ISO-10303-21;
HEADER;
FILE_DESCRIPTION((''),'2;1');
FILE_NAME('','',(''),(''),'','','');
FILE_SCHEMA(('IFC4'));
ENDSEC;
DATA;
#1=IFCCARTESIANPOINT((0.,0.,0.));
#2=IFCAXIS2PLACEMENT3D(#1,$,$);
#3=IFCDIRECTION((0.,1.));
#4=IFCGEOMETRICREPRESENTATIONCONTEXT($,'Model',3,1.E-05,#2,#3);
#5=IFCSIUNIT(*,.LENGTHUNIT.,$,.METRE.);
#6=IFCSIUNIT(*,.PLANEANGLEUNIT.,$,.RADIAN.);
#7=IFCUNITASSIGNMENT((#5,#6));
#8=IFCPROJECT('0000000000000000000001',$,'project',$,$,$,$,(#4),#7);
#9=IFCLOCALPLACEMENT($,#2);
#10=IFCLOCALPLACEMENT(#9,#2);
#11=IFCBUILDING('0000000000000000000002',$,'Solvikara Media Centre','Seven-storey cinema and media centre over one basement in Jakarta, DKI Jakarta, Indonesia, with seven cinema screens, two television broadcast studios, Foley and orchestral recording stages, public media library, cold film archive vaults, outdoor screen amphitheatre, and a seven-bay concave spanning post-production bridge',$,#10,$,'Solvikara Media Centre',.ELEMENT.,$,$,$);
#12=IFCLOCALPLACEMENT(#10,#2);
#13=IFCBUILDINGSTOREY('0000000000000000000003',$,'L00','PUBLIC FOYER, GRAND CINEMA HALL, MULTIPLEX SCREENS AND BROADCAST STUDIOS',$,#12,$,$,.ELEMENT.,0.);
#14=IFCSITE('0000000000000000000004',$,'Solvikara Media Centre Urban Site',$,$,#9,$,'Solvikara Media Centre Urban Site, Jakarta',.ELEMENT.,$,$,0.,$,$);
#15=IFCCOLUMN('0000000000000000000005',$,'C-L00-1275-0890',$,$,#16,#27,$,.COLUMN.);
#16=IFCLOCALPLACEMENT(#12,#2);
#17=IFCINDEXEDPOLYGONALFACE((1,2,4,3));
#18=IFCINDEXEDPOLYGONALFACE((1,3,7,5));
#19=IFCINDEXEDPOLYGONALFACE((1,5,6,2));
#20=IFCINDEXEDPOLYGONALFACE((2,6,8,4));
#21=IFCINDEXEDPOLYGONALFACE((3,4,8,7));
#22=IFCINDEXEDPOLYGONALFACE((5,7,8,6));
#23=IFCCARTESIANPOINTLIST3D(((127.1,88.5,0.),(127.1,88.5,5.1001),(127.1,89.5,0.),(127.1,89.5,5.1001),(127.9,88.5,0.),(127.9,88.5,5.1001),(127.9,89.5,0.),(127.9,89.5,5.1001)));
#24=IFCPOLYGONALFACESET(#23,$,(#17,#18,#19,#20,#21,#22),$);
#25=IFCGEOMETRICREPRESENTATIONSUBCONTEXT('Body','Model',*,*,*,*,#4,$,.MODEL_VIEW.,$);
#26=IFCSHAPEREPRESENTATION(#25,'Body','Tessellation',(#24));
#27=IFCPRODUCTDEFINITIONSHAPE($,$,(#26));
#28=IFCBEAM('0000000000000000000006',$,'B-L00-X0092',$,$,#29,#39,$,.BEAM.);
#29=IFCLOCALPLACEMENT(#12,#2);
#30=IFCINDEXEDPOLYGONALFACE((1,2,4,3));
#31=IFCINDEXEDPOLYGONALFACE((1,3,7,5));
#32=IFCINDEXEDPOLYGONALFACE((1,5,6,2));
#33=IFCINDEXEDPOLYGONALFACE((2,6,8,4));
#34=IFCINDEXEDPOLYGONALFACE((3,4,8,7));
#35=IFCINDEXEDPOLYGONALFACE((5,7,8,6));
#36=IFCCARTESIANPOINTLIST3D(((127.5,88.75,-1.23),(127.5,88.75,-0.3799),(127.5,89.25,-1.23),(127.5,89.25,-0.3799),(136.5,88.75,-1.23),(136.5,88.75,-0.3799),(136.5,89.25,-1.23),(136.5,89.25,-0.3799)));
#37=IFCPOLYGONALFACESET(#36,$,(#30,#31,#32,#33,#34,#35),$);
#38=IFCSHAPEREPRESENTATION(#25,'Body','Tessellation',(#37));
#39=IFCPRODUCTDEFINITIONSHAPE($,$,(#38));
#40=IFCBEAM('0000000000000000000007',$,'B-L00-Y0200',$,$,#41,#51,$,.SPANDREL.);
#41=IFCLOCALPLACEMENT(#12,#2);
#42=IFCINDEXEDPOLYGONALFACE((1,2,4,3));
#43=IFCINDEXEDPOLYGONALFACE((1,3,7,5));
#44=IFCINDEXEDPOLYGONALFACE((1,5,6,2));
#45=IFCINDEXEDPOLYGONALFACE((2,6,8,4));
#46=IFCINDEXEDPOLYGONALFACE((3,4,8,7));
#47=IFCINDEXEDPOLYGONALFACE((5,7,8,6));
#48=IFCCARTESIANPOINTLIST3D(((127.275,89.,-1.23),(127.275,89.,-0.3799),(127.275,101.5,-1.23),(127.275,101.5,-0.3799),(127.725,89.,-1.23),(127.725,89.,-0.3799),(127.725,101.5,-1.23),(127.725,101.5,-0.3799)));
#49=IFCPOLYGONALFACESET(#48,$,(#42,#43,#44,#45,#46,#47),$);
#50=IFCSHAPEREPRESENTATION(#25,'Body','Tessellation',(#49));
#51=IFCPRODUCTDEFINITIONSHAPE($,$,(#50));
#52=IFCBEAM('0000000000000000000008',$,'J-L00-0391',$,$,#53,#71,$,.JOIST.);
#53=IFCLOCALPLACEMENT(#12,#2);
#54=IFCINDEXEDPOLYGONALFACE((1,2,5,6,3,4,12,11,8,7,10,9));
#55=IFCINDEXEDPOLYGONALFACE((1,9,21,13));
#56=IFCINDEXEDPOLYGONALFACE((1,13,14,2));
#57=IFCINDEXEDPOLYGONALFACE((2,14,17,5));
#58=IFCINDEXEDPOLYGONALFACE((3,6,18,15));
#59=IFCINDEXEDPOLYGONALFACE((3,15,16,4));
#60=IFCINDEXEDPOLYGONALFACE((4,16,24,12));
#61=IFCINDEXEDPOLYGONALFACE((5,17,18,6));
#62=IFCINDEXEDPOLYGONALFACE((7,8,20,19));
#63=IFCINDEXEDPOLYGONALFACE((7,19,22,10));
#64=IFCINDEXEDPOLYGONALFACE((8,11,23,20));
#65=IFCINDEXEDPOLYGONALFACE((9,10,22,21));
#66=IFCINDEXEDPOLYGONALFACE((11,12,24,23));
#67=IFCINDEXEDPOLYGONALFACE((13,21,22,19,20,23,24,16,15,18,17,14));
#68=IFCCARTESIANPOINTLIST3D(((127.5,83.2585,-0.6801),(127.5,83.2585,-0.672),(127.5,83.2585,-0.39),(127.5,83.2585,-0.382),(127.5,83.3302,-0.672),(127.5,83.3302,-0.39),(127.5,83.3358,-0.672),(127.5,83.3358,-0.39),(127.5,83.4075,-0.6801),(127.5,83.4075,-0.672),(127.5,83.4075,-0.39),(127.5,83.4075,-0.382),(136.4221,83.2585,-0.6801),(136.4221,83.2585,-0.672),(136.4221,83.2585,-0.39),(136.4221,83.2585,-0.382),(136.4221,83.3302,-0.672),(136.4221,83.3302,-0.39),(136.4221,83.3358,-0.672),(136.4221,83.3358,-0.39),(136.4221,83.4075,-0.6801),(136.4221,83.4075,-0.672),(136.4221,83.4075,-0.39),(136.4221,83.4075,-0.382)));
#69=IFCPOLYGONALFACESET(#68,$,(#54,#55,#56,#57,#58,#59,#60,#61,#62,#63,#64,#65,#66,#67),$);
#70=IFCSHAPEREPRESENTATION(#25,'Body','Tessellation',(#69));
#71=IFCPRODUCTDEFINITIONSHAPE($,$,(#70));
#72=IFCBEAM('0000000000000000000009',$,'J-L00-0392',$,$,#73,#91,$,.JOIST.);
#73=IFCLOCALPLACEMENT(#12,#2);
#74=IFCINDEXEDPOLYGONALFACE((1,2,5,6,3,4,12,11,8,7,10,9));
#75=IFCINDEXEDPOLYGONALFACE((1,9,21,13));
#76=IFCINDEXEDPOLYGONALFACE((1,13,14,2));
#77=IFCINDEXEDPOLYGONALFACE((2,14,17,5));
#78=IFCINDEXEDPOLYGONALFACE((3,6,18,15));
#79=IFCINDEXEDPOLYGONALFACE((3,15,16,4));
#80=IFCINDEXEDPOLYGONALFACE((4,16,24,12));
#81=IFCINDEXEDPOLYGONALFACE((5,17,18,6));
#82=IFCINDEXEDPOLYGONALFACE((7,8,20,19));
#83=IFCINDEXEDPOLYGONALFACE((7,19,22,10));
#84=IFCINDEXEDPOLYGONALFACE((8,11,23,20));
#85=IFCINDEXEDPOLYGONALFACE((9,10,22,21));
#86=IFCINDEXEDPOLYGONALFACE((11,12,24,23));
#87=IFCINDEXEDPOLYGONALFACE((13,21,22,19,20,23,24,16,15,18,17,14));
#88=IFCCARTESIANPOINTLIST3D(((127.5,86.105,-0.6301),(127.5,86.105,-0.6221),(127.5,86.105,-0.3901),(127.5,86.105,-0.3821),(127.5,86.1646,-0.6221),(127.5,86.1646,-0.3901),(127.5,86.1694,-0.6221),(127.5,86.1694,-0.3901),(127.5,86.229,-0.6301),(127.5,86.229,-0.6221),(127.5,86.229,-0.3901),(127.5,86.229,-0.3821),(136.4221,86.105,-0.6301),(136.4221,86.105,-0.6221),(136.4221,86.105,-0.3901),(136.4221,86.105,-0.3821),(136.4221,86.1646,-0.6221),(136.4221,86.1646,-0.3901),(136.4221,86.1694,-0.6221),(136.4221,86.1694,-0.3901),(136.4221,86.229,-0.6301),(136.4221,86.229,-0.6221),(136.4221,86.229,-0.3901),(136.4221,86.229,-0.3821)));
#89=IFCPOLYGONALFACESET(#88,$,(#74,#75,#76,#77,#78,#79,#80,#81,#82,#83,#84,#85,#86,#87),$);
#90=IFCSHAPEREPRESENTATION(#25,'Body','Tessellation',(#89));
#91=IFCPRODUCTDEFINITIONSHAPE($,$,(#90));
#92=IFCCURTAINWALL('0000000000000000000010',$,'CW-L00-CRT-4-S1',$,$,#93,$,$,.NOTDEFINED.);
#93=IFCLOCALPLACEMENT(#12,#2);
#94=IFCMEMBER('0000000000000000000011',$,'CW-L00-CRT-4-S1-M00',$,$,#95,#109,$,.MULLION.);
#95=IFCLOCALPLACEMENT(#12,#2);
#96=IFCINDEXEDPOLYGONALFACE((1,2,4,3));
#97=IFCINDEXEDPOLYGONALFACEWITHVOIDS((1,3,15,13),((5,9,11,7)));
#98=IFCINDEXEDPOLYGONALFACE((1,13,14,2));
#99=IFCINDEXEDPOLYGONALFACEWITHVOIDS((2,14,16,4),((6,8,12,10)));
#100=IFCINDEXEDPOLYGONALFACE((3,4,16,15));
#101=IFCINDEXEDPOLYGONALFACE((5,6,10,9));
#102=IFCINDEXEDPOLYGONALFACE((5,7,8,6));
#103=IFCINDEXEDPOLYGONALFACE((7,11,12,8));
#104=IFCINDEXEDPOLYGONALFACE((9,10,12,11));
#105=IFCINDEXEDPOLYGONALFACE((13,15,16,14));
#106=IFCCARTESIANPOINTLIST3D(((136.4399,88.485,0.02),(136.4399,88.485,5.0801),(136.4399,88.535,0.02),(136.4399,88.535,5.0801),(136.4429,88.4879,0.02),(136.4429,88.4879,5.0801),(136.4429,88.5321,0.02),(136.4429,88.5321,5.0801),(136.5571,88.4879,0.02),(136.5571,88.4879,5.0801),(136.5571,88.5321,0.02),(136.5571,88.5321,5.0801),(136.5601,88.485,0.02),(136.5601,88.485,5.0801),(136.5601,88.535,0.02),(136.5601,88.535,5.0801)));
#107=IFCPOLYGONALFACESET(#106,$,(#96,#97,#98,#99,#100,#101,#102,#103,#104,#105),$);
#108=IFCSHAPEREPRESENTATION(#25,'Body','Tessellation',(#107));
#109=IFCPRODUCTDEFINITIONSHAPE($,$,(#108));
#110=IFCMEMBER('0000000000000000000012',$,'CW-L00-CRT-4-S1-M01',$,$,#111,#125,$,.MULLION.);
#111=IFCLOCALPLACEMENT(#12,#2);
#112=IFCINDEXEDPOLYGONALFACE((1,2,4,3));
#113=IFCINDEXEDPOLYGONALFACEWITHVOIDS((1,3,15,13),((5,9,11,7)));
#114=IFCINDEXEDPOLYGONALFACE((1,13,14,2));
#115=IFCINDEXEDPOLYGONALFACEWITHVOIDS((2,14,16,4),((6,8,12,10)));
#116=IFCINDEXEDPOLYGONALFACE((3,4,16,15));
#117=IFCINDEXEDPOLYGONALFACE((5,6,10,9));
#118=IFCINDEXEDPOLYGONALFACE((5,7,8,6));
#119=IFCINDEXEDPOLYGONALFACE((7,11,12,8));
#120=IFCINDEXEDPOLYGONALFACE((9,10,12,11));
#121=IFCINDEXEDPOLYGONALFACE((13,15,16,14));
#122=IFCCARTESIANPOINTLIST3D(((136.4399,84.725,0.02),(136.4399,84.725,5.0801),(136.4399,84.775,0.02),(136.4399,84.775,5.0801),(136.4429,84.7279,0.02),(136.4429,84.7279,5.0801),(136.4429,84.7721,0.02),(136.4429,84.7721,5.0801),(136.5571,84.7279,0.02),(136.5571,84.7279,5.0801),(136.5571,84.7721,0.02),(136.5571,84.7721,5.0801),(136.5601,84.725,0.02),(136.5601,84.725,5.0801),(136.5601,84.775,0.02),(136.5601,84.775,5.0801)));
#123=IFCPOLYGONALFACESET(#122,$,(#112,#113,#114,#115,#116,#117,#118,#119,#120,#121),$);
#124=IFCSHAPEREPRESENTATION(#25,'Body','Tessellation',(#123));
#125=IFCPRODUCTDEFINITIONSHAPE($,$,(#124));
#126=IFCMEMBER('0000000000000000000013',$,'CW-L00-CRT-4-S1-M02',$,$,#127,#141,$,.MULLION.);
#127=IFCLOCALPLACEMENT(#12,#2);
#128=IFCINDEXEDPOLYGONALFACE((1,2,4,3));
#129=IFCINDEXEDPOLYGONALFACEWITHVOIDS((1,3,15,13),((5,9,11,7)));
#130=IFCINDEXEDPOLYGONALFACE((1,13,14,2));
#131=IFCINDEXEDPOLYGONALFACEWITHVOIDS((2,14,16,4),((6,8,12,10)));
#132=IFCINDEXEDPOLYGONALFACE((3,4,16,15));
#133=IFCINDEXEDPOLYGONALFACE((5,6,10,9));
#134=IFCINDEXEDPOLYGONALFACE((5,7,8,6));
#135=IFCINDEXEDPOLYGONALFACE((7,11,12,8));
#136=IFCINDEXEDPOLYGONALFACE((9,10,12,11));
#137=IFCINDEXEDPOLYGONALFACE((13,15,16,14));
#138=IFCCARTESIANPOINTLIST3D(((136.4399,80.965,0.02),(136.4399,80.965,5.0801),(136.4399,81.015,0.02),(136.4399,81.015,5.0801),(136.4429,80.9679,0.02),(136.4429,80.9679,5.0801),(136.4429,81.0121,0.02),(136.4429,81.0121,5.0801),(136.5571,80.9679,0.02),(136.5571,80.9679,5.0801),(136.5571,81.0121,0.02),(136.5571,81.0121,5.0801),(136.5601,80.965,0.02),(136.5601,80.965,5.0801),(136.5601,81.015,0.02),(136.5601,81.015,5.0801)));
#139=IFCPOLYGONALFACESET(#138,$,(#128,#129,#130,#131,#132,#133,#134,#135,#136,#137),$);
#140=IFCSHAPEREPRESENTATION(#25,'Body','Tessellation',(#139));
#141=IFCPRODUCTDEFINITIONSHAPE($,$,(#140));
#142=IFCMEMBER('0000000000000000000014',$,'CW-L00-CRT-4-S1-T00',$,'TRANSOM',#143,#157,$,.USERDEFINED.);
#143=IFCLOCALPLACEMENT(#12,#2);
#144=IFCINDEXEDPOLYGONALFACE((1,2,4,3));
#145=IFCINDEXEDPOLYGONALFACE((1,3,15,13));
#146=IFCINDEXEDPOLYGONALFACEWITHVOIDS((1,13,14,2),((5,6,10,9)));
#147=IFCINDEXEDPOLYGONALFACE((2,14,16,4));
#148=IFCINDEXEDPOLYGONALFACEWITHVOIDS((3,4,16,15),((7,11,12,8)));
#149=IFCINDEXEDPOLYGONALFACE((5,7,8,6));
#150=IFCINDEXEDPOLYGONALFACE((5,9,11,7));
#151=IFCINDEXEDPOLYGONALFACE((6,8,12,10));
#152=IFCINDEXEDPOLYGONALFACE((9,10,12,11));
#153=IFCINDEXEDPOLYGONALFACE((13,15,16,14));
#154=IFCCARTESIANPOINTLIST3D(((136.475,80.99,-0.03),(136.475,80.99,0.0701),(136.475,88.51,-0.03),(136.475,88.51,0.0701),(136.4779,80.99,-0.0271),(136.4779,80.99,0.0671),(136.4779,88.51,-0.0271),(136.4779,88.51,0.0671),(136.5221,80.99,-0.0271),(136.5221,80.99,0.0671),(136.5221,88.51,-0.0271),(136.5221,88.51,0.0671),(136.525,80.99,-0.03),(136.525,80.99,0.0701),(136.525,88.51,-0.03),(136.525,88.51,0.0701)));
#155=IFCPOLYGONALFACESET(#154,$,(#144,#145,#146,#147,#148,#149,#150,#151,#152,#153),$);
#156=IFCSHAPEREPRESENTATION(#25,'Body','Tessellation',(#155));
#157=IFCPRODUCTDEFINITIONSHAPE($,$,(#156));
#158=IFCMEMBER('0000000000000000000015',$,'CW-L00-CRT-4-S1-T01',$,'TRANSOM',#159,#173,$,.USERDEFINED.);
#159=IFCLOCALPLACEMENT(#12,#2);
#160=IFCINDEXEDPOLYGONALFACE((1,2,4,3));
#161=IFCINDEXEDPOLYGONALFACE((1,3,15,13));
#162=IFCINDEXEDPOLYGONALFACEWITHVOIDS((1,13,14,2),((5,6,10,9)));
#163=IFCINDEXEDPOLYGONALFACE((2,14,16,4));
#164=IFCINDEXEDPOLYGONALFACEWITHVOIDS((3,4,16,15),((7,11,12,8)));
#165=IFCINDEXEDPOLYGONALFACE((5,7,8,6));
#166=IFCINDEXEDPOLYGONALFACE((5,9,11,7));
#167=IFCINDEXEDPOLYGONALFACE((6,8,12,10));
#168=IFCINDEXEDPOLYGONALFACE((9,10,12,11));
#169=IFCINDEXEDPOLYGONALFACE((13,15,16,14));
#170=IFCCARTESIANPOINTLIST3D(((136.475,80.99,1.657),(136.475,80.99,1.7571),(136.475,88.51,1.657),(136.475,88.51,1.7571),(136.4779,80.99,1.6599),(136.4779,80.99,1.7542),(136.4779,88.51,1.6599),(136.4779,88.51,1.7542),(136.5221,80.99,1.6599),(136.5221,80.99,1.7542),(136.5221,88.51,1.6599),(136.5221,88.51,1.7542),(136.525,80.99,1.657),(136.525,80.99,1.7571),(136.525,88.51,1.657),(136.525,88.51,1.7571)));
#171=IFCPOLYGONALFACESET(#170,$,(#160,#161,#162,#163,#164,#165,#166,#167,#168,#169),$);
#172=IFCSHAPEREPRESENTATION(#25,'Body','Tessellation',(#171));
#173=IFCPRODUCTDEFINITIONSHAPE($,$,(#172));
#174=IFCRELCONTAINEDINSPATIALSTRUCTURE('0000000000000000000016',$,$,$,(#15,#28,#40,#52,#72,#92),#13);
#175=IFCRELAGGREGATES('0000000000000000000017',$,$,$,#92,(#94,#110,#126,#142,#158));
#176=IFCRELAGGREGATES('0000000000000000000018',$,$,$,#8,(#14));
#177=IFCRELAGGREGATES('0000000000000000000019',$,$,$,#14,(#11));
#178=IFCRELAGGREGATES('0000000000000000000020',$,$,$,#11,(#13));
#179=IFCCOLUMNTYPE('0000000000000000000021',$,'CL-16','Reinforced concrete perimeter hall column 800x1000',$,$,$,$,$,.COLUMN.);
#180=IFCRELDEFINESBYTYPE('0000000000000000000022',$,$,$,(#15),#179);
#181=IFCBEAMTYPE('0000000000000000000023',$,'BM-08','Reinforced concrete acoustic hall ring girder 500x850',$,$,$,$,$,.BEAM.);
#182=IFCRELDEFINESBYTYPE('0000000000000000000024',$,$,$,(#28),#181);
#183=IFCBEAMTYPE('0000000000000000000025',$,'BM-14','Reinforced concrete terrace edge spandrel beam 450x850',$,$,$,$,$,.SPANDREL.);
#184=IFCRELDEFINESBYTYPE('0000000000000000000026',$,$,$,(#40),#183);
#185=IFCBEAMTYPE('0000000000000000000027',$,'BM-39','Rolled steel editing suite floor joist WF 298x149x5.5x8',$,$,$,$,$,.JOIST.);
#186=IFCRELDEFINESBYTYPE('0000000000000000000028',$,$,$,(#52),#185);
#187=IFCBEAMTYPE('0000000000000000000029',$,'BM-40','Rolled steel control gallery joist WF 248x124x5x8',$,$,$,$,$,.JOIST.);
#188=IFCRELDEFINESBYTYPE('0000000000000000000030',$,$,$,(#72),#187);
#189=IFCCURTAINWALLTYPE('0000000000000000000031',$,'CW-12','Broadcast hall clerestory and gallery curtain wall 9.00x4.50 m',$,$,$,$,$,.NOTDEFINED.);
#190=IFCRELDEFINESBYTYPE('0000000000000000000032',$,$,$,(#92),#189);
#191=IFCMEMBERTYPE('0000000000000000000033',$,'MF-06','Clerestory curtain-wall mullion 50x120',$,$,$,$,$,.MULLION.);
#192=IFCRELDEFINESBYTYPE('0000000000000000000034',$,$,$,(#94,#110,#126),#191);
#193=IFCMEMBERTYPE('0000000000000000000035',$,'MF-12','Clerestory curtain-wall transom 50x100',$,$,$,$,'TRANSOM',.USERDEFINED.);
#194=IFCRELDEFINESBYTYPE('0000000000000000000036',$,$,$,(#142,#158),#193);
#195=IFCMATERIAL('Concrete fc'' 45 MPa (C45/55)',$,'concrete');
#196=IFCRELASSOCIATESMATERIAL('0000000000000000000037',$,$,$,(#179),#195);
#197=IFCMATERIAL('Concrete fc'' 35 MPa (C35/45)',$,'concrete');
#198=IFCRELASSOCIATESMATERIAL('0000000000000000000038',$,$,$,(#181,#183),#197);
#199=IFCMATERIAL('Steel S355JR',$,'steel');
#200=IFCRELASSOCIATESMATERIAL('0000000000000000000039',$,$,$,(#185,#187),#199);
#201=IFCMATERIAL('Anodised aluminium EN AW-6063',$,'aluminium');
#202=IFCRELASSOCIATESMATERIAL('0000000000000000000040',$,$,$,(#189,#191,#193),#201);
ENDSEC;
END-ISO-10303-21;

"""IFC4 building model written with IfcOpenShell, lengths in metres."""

from ifc_helpers import new_model, si_unit, direction, frame, origin, origin_2d, place, context, subcontext, project, spatial, rectangle, hollow_rectangle, i_section, extrude, material, material_profile, profile_set, type_object, element, aggregate, save


model = new_model("IFC4")

# Units and contexts
model_context = context("Model", 3, precision=1e-05, world=origin(), true_north=direction((0.0, 1.0)))
body_context = subcontext(model_context, "Body", "Model", "MODEL_VIEW")
ifc_project = project(units=[si_unit("LENGTHUNIT", "METRE"), si_unit("PLANEANGLEUNIT", "RADIAN")], contexts=[model_context])

# Site, building, storey
site_placement = place(None, origin())
site = spatial("IfcSite", under=ifc_project, at=site_placement, Name="Solvikara Media Centre Urban Site", LongName="Solvikara Media Centre Urban Site, Jakarta", CompositionType="ELEMENT", RefElevation=0.0)
building_placement = place(site_placement, origin())
building = spatial("IfcBuilding", under=site, at=building_placement, Name="Solvikara Media Centre", Description="Seven-storey cinema and media centre over one basement in Jakarta, DKI Jakarta, Indonesia, with seven cinema screens, two television broadcast studios, Foley and orchestral recording stages, public media library, cold film archive vaults, outdoor screen amphitheatre, and a seven-bay concave spanning post-production bridge", LongName="Solvikara Media Centre", CompositionType="ELEMENT")
storey_placement = place(building_placement, origin())
storey = spatial("IfcBuildingStorey", under=building, at=storey_placement, Name="L00", Description="PUBLIC FOYER, GRAND CINEMA HALL, MULTIPLEX SCREENS AND BROADCAST STUDIOS", CompositionType="ELEMENT", Elevation=0.0)

# Column
ifc_material_1 = material(Name="Concrete fc' 45 MPa (C45/55)", Category="concrete")
ifc_material_profile_1 = material_profile(ifc_material_1, rectangle(XDim=0.8, YDim=1.0, at=origin_2d()), Name="RC 800x1000")
ifc_profile_set_1 = profile_set([ifc_material_profile_1], Name="Concrete fc' 45 MPa (C45/55)")
column_type = type_object("IfcColumnType", Name="CL-16", Description="Reinforced concrete perimeter hall column 800x1000", PredefinedType="COLUMN", material=ifc_profile_set_1)
column_placement = place(storey_placement, frame((127.5, 89.0, 0.0), z_axis=(0.0, 0.0, 1.0), x_axis=(1.0, 0.0, 0.0)))
element("IfcColumn", 1, at=column_placement, inside=storey, type_object=column_type, Name="C-L00-1275-0890", PredefinedType="COLUMN", context=body_context, shape_type="SweptSolid", body=[
    extrude(rectangle(XDim=0.8, YDim=1.0, at=origin_2d()), origin(), (0.0, 0.0, 1.0), 5.1001),
])

# Beams
ifc_material_2 = material(Name="Concrete fc' 35 MPa (C35/45)", Category="concrete")
ifc_material_profile_2 = material_profile(ifc_material_2, rectangle(XDim=0.5, YDim=0.8501, at=origin_2d()), Name="RC 500x850")
ifc_profile_set_2 = profile_set([ifc_material_profile_2], Name="Concrete fc' 35 MPa (C35/45)")
beam_type_1 = type_object("IfcBeamType", Name="BM-08", Description="Reinforced concrete acoustic hall ring girder 500x850", PredefinedType="BEAM", material=ifc_profile_set_2)
beam_1_placement = place(storey_placement, frame((127.5, 89.0, -0.8049), z_axis=(1.0, 0.0, 0.0), x_axis=(0.0, 1.0, 0.0)))
element("IfcBeam", 2, at=beam_1_placement, inside=storey, type_object=beam_type_1, Name="B-L00-X0092", PredefinedType="BEAM", context=body_context, shape_type="SweptSolid", body=[
    extrude(rectangle(XDim=0.5, YDim=0.8501, at=origin_2d()), origin(), (0.0, 0.0, 1.0), 9.0),
])
ifc_material_profile_3 = material_profile(ifc_material_2, rectangle(XDim=0.45, YDim=0.8501, at=origin_2d()), Name="RC 450x850")
ifc_profile_set_3 = profile_set([ifc_material_profile_3], Name="Concrete fc' 35 MPa (C35/45)")
beam_type_2 = type_object("IfcBeamType", Name="BM-14", Description="Reinforced concrete terrace edge spandrel beam 450x850", PredefinedType="SPANDREL", material=ifc_profile_set_3)
beam_2_placement = place(storey_placement, frame((127.5, 89.0, -0.8049), z_axis=(0.0, 1.0, 0.0), x_axis=(-1.0, 0.0, 0.0)))
element("IfcBeam", 3, at=beam_2_placement, inside=storey, type_object=beam_type_2, Name="B-L00-Y0200", PredefinedType="SPANDREL", context=body_context, shape_type="SweptSolid", body=[
    extrude(rectangle(XDim=0.45, YDim=0.8501, at=origin_2d()), origin(), (0.0, 0.0, 1.0), 12.5),
])
ifc_material_3 = material(Name="Steel S355JR", Category="steel")
ifc_material_profile_4 = material_profile(ifc_material_3, i_section(OverallWidth=0.1489, OverallDepth=0.2981, WebThickness=0.0056, FlangeThickness=0.0081, at=origin_2d()), Name="WF 298x149x5.5x8")
ifc_profile_set_4 = profile_set([ifc_material_profile_4], Name="Steel S355JR")
beam_type_3 = type_object("IfcBeamType", Name="BM-39", Description="Rolled steel editing suite floor joist WF 298x149x5.5x8", PredefinedType="JOIST", material=ifc_profile_set_4)
beam_3_placement = place(storey_placement, frame((127.5, 83.333, -0.531), z_axis=(1.0, 0.0, 0.0), x_axis=(0.0, 1.0, 0.0)))
element("IfcBeam", 4, at=beam_3_placement, inside=storey, type_object=beam_type_3, Name="J-L00-0391", PredefinedType="JOIST", context=body_context, shape_type="SweptSolid", body=[
    extrude(i_section(OverallWidth=0.1489, OverallDepth=0.2981, WebThickness=0.0056, FlangeThickness=0.0081, at=origin_2d()), origin(), (0.0, 0.0, 1.0), 8.9221),
])
ifc_material_profile_5 = material_profile(ifc_material_3, i_section(OverallWidth=0.124, OverallDepth=0.248, WebThickness=0.0049, FlangeThickness=0.0081, at=origin_2d()), Name="WF 248x124x5x8")
ifc_profile_set_5 = profile_set([ifc_material_profile_5], Name="Steel S355JR")
beam_type_4 = type_object("IfcBeamType", Name="BM-40", Description="Rolled steel control gallery joist WF 248x124x5x8", PredefinedType="JOIST", material=ifc_profile_set_5)
beam_4_placement = place(storey_placement, frame((127.5, 86.167, -0.5061), z_axis=(1.0, 0.0, 0.0), x_axis=(0.0, 1.0, 0.0)))
element("IfcBeam", 5, at=beam_4_placement, inside=storey, type_object=beam_type_4, Name="J-L00-0392", PredefinedType="JOIST", context=body_context, shape_type="SweptSolid", body=[
    extrude(i_section(OverallWidth=0.124, OverallDepth=0.248, WebThickness=0.0049, FlangeThickness=0.0081, at=origin_2d()), origin(), (0.0, 0.0, 1.0), 8.9221),
])

# Curtain wall, members
ifc_material_4 = material(Name="Anodised aluminium EN AW-6063", Category="aluminium")
curtain_wall_type = type_object("IfcCurtainWallType", Name="CW-12", Description="Broadcast hall clerestory and gallery curtain wall 9.00x4.50 m", PredefinedType="NOTDEFINED", material=ifc_material_4)
curtain_wall_placement = place(storey_placement, origin())
curtain_wall = element("IfcCurtainWall", 6, at=curtain_wall_placement, inside=storey, type_object=curtain_wall_type, Name="CW-L00-CRT-4-S1", PredefinedType="NOTDEFINED")
ifc_material_profile_6 = material_profile(ifc_material_4, hollow_rectangle(XDim=0.05, YDim=0.1201, WallThickness=0.0029, at=origin_2d()), Name="ALU-M 50x120x3")
ifc_profile_set_6 = profile_set([ifc_material_profile_6], Name="Anodised aluminium EN AW-6063")
member_type_1 = type_object("IfcMemberType", Name="MF-06", Description="Clerestory curtain-wall mullion 50x120", PredefinedType="MULLION", material=ifc_profile_set_6)
member_1_placement = place(storey_placement, frame((136.5, 88.51, 0.02), z_axis=(0.0, 0.0, 1.0), x_axis=(0.0, -1.0, 0.0)))
member_1 = element("IfcMember", 7, at=member_1_placement, type_object=member_type_1, Name="CW-L00-CRT-4-S1-M00", PredefinedType="MULLION", context=body_context, shape_type="SweptSolid", body=[
    extrude(hollow_rectangle(XDim=0.05, YDim=0.1201, WallThickness=0.0029, at=origin_2d()), origin(), (0.0, 0.0, 1.0), 5.0601),
])
member_2_placement = place(storey_placement, frame((136.5, 84.75, 0.02), z_axis=(0.0, 0.0, 1.0), x_axis=(0.0, -1.0, 0.0)))
member_2 = element("IfcMember", 8, at=member_2_placement, type_object=member_type_1, Name="CW-L00-CRT-4-S1-M01", PredefinedType="MULLION", context=body_context, shape_type="SweptSolid", body=[
    extrude(hollow_rectangle(XDim=0.05, YDim=0.1201, WallThickness=0.0029, at=origin_2d()), origin(), (0.0, 0.0, 1.0), 5.0601),
])
member_3_placement = place(storey_placement, frame((136.5, 80.99, 0.02), z_axis=(0.0, 0.0, 1.0), x_axis=(0.0, -1.0, 0.0)))
member_3 = element("IfcMember", 9, at=member_3_placement, type_object=member_type_1, Name="CW-L00-CRT-4-S1-M02", PredefinedType="MULLION", context=body_context, shape_type="SweptSolid", body=[
    extrude(hollow_rectangle(XDim=0.05, YDim=0.1201, WallThickness=0.0029, at=origin_2d()), origin(), (0.0, 0.0, 1.0), 5.0601),
])
ifc_material_profile_7 = material_profile(ifc_material_4, hollow_rectangle(XDim=0.05, YDim=0.1001, WallThickness=0.0029, at=origin_2d()), Name="ALU-T 50x100x3")
ifc_profile_set_7 = profile_set([ifc_material_profile_7], Name="Anodised aluminium EN AW-6063")
member_type_2 = type_object("IfcMemberType", Name="MF-12", Description="Clerestory curtain-wall transom 50x100", ElementType="TRANSOM", PredefinedType="USERDEFINED", material=ifc_profile_set_7)
member_4_placement = place(storey_placement, frame((136.5, 88.51, 0.02), z_axis=(0.0, -1.0, 0.0), x_axis=(1.0, 0.0, 0.0)))
member_4 = element("IfcMember", 10, at=member_4_placement, type_object=member_type_2, Name="CW-L00-CRT-4-S1-T00", ObjectType="TRANSOM", PredefinedType="USERDEFINED", context=body_context, shape_type="SweptSolid", body=[
    extrude(hollow_rectangle(XDim=0.05, YDim=0.1001, WallThickness=0.0029, at=origin_2d()), origin(), (0.0, 0.0, 1.0), 7.52),
])
member_5_placement = place(storey_placement, frame((136.5, 88.51, 1.707), z_axis=(0.0, -1.0, 0.0), x_axis=(1.0, 0.0, 0.0)))
member_5 = element("IfcMember", 11, at=member_5_placement, type_object=member_type_2, Name="CW-L00-CRT-4-S1-T01", ObjectType="TRANSOM", PredefinedType="USERDEFINED", context=body_context, shape_type="SweptSolid", body=[
    extrude(hollow_rectangle(XDim=0.05, YDim=0.1001, WallThickness=0.0029, at=origin_2d()), origin(), (0.0, 0.0, 1.0), 7.52),
])
aggregate(curtain_wall, [member_1, member_2, member_3, member_4, member_5])

save(model, "model.ifc")
